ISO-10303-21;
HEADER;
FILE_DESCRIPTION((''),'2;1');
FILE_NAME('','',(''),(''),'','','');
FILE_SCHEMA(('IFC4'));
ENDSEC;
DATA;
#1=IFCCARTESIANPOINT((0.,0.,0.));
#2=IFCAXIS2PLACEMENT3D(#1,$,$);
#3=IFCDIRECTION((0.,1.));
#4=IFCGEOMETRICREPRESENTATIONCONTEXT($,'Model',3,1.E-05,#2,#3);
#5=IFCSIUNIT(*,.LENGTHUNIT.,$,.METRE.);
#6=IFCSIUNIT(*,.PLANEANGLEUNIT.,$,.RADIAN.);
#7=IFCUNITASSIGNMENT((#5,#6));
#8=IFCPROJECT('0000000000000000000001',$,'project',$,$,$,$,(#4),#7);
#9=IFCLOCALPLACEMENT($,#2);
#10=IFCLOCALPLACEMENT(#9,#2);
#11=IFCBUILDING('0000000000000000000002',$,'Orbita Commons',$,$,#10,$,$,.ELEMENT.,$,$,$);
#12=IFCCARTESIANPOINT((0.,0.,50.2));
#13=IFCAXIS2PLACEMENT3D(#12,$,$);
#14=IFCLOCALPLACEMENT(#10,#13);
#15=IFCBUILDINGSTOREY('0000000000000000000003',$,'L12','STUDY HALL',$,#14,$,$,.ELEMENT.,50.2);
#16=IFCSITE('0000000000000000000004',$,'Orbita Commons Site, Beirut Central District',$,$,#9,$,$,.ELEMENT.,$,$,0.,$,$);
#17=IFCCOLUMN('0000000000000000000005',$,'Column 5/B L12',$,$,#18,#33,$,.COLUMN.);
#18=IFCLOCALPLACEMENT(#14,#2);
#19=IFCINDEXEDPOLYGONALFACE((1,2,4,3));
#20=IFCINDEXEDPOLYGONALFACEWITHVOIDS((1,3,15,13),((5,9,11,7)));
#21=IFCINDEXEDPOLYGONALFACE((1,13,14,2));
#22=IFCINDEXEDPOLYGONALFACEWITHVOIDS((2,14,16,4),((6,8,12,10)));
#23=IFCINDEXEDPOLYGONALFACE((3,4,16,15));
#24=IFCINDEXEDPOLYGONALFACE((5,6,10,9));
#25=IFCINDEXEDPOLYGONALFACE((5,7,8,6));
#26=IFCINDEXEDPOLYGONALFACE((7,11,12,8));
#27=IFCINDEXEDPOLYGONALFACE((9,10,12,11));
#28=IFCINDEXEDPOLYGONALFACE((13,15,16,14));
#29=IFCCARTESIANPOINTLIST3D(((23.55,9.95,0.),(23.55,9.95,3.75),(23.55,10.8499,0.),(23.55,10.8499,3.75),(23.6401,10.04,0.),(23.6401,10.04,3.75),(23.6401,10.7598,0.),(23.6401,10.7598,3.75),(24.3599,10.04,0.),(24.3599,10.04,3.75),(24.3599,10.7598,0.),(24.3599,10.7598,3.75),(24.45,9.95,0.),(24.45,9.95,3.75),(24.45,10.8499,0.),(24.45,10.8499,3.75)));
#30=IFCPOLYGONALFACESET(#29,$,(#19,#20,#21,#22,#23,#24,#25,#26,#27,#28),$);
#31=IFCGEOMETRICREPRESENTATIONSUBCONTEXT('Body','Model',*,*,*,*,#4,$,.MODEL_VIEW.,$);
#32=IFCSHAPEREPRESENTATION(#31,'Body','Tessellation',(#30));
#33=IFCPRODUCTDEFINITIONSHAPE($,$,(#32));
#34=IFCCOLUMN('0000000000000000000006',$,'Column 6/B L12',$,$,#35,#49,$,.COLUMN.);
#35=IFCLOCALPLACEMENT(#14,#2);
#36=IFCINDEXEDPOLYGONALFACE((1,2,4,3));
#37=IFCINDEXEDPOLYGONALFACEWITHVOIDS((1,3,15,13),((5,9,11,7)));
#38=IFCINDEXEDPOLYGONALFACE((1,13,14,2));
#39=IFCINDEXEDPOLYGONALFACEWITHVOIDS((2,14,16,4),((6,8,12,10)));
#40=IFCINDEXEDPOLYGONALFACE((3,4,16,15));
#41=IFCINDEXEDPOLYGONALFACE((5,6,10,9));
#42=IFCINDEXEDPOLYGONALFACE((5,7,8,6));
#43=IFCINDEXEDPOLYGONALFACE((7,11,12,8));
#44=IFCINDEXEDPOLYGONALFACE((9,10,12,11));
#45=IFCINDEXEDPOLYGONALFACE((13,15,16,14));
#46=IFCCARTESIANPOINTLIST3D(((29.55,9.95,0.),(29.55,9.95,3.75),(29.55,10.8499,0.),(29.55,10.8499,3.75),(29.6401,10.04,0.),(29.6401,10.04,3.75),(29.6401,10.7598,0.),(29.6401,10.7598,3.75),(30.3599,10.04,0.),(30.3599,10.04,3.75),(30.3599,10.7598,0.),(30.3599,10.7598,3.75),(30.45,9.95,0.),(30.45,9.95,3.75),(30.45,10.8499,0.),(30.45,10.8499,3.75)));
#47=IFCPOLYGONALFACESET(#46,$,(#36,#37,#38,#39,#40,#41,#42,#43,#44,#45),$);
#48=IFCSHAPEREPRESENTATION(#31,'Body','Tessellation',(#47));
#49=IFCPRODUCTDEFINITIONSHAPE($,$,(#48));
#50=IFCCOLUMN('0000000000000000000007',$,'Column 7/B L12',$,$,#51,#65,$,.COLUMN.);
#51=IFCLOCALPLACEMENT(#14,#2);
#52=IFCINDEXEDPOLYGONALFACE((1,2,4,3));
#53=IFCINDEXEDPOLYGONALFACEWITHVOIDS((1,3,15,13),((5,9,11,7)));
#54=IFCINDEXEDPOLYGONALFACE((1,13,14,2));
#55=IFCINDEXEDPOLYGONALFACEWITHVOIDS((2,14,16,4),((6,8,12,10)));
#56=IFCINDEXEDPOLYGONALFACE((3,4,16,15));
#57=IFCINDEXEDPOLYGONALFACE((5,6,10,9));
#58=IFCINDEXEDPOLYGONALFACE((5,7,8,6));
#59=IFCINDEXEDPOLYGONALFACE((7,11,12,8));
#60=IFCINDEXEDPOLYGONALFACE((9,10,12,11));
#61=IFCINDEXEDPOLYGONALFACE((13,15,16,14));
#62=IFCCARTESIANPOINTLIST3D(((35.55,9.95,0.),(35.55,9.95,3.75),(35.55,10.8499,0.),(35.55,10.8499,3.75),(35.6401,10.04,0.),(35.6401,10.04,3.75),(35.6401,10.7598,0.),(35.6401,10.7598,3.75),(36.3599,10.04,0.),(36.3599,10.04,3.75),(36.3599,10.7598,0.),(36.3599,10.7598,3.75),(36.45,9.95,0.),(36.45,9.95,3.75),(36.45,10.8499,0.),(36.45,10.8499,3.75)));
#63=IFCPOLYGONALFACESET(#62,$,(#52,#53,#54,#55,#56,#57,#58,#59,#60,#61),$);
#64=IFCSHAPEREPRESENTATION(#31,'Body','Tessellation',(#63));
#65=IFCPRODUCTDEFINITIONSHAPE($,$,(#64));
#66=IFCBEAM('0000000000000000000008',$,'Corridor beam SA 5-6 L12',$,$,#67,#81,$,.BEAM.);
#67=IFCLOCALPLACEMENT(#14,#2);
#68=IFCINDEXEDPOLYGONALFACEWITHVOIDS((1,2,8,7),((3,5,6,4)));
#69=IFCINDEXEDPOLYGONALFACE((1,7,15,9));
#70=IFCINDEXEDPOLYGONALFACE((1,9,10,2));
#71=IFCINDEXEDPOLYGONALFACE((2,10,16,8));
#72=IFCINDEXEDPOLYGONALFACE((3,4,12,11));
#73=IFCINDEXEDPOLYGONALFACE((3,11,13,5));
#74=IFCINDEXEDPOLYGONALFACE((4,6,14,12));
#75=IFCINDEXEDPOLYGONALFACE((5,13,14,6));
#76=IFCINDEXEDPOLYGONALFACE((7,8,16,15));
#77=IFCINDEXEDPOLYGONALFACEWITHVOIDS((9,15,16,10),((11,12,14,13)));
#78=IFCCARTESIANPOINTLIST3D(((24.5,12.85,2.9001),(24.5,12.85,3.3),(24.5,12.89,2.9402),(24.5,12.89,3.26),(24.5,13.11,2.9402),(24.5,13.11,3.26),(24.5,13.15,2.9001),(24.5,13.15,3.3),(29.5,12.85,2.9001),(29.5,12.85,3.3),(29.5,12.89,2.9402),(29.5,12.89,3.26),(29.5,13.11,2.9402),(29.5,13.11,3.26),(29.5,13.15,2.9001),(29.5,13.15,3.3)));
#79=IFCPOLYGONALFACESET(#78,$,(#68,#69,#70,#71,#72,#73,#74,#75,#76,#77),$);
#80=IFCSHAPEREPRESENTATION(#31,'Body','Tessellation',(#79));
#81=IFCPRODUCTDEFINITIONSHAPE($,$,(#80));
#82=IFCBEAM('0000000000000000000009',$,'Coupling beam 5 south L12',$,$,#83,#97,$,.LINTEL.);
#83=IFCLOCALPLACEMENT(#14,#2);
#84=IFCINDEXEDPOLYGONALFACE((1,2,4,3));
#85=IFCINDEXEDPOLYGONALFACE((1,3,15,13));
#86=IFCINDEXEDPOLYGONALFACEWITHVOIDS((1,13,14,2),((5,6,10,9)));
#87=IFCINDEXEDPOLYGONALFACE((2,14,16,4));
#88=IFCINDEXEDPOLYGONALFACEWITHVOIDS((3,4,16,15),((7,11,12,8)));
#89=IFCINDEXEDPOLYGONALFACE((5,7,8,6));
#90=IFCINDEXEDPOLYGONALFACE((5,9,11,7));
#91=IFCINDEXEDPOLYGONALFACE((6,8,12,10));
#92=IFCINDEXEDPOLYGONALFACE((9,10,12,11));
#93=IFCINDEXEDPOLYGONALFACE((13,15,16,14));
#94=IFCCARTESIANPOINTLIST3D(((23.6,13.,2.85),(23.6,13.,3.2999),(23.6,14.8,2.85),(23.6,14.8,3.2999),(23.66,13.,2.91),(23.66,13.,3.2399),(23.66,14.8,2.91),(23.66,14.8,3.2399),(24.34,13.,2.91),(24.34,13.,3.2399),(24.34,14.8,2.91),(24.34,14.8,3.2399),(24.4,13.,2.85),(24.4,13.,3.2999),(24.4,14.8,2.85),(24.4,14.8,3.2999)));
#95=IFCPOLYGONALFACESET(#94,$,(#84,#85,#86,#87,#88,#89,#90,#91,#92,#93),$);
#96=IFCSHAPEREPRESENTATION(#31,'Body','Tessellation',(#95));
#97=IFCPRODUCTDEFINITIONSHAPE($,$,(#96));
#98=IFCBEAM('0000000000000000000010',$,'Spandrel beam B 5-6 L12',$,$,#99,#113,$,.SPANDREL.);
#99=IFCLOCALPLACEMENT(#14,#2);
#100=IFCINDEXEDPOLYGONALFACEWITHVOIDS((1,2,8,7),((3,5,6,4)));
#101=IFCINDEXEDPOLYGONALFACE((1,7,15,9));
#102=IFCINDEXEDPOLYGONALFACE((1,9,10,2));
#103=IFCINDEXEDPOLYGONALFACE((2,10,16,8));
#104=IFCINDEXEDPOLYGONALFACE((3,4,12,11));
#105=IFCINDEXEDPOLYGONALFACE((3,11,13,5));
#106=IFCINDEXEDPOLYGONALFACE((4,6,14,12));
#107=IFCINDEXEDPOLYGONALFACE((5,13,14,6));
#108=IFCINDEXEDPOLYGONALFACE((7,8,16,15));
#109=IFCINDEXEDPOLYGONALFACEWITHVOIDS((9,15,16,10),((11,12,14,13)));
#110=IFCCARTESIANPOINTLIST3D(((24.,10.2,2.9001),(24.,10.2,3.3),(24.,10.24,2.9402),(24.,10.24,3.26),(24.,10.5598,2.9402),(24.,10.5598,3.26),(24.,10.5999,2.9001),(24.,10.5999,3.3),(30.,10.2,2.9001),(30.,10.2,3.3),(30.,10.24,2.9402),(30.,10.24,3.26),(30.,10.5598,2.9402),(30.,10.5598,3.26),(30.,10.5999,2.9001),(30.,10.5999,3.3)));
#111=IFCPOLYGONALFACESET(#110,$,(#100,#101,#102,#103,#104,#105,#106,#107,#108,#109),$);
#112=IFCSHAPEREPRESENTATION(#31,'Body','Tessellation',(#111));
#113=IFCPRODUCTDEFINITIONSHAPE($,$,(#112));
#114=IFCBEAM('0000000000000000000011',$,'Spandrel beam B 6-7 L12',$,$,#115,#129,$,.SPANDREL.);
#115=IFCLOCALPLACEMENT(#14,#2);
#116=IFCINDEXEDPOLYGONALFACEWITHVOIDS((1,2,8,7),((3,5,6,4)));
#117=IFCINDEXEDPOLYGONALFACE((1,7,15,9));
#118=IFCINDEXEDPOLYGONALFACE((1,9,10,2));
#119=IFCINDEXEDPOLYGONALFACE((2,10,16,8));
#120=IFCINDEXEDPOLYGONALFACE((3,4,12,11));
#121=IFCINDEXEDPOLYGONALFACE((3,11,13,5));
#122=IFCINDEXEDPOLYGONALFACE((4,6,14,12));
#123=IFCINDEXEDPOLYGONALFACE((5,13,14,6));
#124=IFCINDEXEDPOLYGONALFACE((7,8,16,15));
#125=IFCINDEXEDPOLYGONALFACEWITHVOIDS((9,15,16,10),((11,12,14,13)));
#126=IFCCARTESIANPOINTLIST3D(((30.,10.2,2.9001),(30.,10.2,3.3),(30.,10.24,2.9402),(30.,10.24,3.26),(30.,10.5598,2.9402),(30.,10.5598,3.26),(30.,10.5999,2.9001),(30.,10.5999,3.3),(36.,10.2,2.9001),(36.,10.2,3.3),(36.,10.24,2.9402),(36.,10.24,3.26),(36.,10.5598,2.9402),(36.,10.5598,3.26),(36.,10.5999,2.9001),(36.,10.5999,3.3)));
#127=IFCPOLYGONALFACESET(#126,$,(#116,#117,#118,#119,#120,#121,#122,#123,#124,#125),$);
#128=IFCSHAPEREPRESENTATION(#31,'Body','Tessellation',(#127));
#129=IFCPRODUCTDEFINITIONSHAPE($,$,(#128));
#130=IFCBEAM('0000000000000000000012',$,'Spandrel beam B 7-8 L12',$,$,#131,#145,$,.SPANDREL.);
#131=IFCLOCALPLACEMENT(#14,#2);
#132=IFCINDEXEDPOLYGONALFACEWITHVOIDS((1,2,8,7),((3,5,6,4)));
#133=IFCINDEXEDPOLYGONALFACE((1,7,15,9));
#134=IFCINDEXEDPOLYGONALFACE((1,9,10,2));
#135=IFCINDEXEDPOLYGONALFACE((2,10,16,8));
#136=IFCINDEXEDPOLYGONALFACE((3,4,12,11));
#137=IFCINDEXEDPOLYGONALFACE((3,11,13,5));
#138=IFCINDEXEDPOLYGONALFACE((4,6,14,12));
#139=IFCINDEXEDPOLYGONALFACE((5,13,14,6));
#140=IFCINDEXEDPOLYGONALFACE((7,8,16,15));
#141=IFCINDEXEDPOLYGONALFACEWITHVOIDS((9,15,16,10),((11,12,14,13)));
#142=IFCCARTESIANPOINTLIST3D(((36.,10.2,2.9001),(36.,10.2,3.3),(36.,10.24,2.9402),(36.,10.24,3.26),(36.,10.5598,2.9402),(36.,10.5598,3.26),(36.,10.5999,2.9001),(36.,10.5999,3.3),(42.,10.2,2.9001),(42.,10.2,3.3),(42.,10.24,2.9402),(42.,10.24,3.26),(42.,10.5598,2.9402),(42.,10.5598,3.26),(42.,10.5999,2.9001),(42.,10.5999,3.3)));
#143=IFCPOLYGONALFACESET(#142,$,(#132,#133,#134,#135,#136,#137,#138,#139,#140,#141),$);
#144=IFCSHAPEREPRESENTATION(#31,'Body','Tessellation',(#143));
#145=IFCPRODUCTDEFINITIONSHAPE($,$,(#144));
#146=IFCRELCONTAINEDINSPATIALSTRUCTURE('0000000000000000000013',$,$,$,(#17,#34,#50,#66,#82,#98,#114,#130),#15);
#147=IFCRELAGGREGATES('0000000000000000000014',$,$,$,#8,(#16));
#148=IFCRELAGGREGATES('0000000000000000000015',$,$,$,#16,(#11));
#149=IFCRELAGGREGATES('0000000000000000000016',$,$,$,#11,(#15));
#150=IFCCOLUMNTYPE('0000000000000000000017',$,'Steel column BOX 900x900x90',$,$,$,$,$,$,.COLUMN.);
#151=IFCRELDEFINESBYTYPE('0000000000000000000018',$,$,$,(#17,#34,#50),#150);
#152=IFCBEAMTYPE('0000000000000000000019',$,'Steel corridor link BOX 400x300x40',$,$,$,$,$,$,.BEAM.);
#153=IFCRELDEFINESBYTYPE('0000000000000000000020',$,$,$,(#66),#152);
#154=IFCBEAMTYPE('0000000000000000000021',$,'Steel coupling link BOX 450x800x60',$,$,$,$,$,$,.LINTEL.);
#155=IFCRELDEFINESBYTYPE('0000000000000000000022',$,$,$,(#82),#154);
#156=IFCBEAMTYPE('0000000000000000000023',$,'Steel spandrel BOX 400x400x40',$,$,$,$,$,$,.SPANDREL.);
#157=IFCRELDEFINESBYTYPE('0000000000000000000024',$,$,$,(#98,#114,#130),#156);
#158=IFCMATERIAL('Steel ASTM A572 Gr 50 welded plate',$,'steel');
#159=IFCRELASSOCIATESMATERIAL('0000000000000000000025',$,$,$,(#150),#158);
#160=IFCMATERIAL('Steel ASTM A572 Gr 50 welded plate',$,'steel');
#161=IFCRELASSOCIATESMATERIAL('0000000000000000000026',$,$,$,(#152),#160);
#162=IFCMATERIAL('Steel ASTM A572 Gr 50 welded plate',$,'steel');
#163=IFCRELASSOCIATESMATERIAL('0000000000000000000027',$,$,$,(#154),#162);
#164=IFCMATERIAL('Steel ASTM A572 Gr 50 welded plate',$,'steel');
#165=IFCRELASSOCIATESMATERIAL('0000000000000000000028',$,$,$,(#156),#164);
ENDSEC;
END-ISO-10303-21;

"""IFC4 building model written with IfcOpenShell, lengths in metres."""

from ifc_helpers import new_model, si_unit, direction, frame, origin, origin_2d, place, context, subcontext, project, spatial, hollow_rectangle, extrude, material, material_profile, profile_set, type_object, element, save


model = new_model("IFC4")

# Units and contexts
model_context = context("Model", 3, precision=1e-05, world=origin(), true_north=direction((0.0, 1.0)))
body_context = subcontext(model_context, "Body", "Model", "MODEL_VIEW")
ifc_project = project(units=[si_unit("LENGTHUNIT", "METRE"), si_unit("PLANEANGLEUNIT", "RADIAN")], contexts=[model_context])

# Site, building, storey
site_placement = place(None, origin())
site = spatial("IfcSite", under=ifc_project, at=site_placement, Name="Orbita Commons Site, Beirut Central District", CompositionType="ELEMENT", RefElevation=0.0)
building_placement = place(site_placement, origin())
building = spatial("IfcBuilding", under=site, at=building_placement, Name="Orbita Commons", CompositionType="ELEMENT")
storey_placement = place(building_placement, frame((0.0, 0.0, 50.2)))
storey = spatial("IfcBuildingStorey", under=building, at=storey_placement, Name="L12", Description="STUDY HALL", CompositionType="ELEMENT", Elevation=50.2)

# Columns
ifc_material_1 = material(Name="Steel ASTM A572 Gr 50 welded plate", Category="steel")
ifc_material_profile_1 = material_profile(ifc_material_1, hollow_rectangle(XDim=0.8999, YDim=0.8999, WallThickness=0.0901, at=origin_2d()), Name="BOX 900x900x90")
ifc_profile_set_1 = profile_set([ifc_material_profile_1], Name="Steel ASTM A572 Gr 50 welded plate")
column_type = type_object("IfcColumnType", Name="Steel column BOX 900x900x90", PredefinedType="COLUMN", material=ifc_profile_set_1)
for number, where, z_axis, x_axis, name in (
    (1, (24.0, 10.3999, 0.0), (0.0, 0.0, 1.0), (1.0, 0.0, 0.0), "Column 5/B L12"),
    (2, (30.0, 10.3999, 0.0), (0.0, 0.0, 1.0), (1.0, 0.0, 0.0), "Column 6/B L12"),
    (3, (36.0, 10.3999, 0.0), (0.0, 0.0, 1.0), (1.0, 0.0, 0.0), "Column 7/B L12"),
):
    element("IfcColumn", number, at=place(storey_placement, frame(where, z_axis=z_axis, x_axis=x_axis)), inside=storey, type_object=column_type, Name=name, PredefinedType="COLUMN", context=body_context, shape_type="SweptSolid", body=[
        extrude(hollow_rectangle(XDim=0.8999, YDim=0.8999, WallThickness=0.0901, at=origin_2d()), origin(), (0.0, 0.0, 1.0), 3.75),
    ])

# Beams
ifc_material_2 = material(Name="Steel ASTM A572 Gr 50 welded plate", Category="steel")
ifc_material_profile_2 = material_profile(ifc_material_2, hollow_rectangle(XDim=0.3, YDim=0.3999, WallThickness=0.04, at=origin_2d()), Name="BOX 400x300x40")
ifc_profile_set_2 = profile_set([ifc_material_profile_2], Name="Steel ASTM A572 Gr 50 welded plate")
beam_type_1 = type_object("IfcBeamType", Name="Steel corridor link BOX 400x300x40", PredefinedType="BEAM", material=ifc_profile_set_2)
beam_1_placement = place(storey_placement, frame((24.5, 13.0, 3.1001), z_axis=(1.0, 0.0, 0.0), x_axis=(0.0, 1.0, 0.0)))
element("IfcBeam", 4, at=beam_1_placement, inside=storey, type_object=beam_type_1, Name="Corridor beam SA 5-6 L12", PredefinedType="BEAM", context=body_context, shape_type="SweptSolid", body=[
    extrude(hollow_rectangle(XDim=0.3, YDim=0.3999, WallThickness=0.04, at=origin_2d()), origin(), (0.0, 0.0, 1.0), 5.0),
])
ifc_material_3 = material(Name="Steel ASTM A572 Gr 50 welded plate", Category="steel")
ifc_material_profile_3 = material_profile(ifc_material_3, hollow_rectangle(XDim=0.8, YDim=0.45, WallThickness=0.0601, at=origin_2d()), Name="BOX 450x800x60")
ifc_profile_set_3 = profile_set([ifc_material_profile_3], Name="Steel ASTM A572 Gr 50 welded plate")
beam_type_2 = type_object("IfcBeamType", Name="Steel coupling link BOX 450x800x60", PredefinedType="LINTEL", material=ifc_profile_set_3)
beam_2_placement = place(storey_placement, frame((24.0, 13.0, 3.075), z_axis=(0.0, 1.0, 0.0), x_axis=(-1.0, 0.0, 0.0)))
element("IfcBeam", 5, at=beam_2_placement, inside=storey, type_object=beam_type_2, Name="Coupling beam 5 south L12", PredefinedType="LINTEL", context=body_context, shape_type="SweptSolid", body=[
    extrude(hollow_rectangle(XDim=0.8, YDim=0.45, WallThickness=0.0601, at=origin_2d()), origin(), (0.0, 0.0, 1.0), 1.8),
])
ifc_material_4 = material(Name="Steel ASTM A572 Gr 50 welded plate", Category="steel")
ifc_material_profile_4 = material_profile(ifc_material_4, hollow_rectangle(XDim=0.3999, YDim=0.3999, WallThickness=0.04, at=origin_2d()), Name="BOX 400x400x40")
ifc_profile_set_4 = profile_set([ifc_material_profile_4], Name="Steel ASTM A572 Gr 50 welded plate")
beam_type_3 = type_object("IfcBeamType", Name="Steel spandrel BOX 400x400x40", PredefinedType="SPANDREL", material=ifc_profile_set_4)
for number, where, z_axis, x_axis, name in (
    (6, (24.0, 10.3999, 3.1001), (1.0, 0.0, 0.0), (0.0, 1.0, 0.0), "Spandrel beam B 5-6 L12"),
    (7, (30.0, 10.3999, 3.1001), (1.0, 0.0, 0.0), (0.0, 1.0, 0.0), "Spandrel beam B 6-7 L12"),
    (8, (36.0, 10.3999, 3.1001), (1.0, 0.0, 0.0), (0.0, 1.0, 0.0), "Spandrel beam B 7-8 L12"),
):
    element("IfcBeam", number, at=place(storey_placement, frame(where, z_axis=z_axis, x_axis=x_axis)), inside=storey, type_object=beam_type_3, Name=name, PredefinedType="SPANDREL", context=body_context, shape_type="SweptSolid", body=[
        extrude(hollow_rectangle(XDim=0.3999, YDim=0.3999, WallThickness=0.04, at=origin_2d()), origin(), (0.0, 0.0, 1.0), 6.0),
    ])

save(model, "model.ifc")
